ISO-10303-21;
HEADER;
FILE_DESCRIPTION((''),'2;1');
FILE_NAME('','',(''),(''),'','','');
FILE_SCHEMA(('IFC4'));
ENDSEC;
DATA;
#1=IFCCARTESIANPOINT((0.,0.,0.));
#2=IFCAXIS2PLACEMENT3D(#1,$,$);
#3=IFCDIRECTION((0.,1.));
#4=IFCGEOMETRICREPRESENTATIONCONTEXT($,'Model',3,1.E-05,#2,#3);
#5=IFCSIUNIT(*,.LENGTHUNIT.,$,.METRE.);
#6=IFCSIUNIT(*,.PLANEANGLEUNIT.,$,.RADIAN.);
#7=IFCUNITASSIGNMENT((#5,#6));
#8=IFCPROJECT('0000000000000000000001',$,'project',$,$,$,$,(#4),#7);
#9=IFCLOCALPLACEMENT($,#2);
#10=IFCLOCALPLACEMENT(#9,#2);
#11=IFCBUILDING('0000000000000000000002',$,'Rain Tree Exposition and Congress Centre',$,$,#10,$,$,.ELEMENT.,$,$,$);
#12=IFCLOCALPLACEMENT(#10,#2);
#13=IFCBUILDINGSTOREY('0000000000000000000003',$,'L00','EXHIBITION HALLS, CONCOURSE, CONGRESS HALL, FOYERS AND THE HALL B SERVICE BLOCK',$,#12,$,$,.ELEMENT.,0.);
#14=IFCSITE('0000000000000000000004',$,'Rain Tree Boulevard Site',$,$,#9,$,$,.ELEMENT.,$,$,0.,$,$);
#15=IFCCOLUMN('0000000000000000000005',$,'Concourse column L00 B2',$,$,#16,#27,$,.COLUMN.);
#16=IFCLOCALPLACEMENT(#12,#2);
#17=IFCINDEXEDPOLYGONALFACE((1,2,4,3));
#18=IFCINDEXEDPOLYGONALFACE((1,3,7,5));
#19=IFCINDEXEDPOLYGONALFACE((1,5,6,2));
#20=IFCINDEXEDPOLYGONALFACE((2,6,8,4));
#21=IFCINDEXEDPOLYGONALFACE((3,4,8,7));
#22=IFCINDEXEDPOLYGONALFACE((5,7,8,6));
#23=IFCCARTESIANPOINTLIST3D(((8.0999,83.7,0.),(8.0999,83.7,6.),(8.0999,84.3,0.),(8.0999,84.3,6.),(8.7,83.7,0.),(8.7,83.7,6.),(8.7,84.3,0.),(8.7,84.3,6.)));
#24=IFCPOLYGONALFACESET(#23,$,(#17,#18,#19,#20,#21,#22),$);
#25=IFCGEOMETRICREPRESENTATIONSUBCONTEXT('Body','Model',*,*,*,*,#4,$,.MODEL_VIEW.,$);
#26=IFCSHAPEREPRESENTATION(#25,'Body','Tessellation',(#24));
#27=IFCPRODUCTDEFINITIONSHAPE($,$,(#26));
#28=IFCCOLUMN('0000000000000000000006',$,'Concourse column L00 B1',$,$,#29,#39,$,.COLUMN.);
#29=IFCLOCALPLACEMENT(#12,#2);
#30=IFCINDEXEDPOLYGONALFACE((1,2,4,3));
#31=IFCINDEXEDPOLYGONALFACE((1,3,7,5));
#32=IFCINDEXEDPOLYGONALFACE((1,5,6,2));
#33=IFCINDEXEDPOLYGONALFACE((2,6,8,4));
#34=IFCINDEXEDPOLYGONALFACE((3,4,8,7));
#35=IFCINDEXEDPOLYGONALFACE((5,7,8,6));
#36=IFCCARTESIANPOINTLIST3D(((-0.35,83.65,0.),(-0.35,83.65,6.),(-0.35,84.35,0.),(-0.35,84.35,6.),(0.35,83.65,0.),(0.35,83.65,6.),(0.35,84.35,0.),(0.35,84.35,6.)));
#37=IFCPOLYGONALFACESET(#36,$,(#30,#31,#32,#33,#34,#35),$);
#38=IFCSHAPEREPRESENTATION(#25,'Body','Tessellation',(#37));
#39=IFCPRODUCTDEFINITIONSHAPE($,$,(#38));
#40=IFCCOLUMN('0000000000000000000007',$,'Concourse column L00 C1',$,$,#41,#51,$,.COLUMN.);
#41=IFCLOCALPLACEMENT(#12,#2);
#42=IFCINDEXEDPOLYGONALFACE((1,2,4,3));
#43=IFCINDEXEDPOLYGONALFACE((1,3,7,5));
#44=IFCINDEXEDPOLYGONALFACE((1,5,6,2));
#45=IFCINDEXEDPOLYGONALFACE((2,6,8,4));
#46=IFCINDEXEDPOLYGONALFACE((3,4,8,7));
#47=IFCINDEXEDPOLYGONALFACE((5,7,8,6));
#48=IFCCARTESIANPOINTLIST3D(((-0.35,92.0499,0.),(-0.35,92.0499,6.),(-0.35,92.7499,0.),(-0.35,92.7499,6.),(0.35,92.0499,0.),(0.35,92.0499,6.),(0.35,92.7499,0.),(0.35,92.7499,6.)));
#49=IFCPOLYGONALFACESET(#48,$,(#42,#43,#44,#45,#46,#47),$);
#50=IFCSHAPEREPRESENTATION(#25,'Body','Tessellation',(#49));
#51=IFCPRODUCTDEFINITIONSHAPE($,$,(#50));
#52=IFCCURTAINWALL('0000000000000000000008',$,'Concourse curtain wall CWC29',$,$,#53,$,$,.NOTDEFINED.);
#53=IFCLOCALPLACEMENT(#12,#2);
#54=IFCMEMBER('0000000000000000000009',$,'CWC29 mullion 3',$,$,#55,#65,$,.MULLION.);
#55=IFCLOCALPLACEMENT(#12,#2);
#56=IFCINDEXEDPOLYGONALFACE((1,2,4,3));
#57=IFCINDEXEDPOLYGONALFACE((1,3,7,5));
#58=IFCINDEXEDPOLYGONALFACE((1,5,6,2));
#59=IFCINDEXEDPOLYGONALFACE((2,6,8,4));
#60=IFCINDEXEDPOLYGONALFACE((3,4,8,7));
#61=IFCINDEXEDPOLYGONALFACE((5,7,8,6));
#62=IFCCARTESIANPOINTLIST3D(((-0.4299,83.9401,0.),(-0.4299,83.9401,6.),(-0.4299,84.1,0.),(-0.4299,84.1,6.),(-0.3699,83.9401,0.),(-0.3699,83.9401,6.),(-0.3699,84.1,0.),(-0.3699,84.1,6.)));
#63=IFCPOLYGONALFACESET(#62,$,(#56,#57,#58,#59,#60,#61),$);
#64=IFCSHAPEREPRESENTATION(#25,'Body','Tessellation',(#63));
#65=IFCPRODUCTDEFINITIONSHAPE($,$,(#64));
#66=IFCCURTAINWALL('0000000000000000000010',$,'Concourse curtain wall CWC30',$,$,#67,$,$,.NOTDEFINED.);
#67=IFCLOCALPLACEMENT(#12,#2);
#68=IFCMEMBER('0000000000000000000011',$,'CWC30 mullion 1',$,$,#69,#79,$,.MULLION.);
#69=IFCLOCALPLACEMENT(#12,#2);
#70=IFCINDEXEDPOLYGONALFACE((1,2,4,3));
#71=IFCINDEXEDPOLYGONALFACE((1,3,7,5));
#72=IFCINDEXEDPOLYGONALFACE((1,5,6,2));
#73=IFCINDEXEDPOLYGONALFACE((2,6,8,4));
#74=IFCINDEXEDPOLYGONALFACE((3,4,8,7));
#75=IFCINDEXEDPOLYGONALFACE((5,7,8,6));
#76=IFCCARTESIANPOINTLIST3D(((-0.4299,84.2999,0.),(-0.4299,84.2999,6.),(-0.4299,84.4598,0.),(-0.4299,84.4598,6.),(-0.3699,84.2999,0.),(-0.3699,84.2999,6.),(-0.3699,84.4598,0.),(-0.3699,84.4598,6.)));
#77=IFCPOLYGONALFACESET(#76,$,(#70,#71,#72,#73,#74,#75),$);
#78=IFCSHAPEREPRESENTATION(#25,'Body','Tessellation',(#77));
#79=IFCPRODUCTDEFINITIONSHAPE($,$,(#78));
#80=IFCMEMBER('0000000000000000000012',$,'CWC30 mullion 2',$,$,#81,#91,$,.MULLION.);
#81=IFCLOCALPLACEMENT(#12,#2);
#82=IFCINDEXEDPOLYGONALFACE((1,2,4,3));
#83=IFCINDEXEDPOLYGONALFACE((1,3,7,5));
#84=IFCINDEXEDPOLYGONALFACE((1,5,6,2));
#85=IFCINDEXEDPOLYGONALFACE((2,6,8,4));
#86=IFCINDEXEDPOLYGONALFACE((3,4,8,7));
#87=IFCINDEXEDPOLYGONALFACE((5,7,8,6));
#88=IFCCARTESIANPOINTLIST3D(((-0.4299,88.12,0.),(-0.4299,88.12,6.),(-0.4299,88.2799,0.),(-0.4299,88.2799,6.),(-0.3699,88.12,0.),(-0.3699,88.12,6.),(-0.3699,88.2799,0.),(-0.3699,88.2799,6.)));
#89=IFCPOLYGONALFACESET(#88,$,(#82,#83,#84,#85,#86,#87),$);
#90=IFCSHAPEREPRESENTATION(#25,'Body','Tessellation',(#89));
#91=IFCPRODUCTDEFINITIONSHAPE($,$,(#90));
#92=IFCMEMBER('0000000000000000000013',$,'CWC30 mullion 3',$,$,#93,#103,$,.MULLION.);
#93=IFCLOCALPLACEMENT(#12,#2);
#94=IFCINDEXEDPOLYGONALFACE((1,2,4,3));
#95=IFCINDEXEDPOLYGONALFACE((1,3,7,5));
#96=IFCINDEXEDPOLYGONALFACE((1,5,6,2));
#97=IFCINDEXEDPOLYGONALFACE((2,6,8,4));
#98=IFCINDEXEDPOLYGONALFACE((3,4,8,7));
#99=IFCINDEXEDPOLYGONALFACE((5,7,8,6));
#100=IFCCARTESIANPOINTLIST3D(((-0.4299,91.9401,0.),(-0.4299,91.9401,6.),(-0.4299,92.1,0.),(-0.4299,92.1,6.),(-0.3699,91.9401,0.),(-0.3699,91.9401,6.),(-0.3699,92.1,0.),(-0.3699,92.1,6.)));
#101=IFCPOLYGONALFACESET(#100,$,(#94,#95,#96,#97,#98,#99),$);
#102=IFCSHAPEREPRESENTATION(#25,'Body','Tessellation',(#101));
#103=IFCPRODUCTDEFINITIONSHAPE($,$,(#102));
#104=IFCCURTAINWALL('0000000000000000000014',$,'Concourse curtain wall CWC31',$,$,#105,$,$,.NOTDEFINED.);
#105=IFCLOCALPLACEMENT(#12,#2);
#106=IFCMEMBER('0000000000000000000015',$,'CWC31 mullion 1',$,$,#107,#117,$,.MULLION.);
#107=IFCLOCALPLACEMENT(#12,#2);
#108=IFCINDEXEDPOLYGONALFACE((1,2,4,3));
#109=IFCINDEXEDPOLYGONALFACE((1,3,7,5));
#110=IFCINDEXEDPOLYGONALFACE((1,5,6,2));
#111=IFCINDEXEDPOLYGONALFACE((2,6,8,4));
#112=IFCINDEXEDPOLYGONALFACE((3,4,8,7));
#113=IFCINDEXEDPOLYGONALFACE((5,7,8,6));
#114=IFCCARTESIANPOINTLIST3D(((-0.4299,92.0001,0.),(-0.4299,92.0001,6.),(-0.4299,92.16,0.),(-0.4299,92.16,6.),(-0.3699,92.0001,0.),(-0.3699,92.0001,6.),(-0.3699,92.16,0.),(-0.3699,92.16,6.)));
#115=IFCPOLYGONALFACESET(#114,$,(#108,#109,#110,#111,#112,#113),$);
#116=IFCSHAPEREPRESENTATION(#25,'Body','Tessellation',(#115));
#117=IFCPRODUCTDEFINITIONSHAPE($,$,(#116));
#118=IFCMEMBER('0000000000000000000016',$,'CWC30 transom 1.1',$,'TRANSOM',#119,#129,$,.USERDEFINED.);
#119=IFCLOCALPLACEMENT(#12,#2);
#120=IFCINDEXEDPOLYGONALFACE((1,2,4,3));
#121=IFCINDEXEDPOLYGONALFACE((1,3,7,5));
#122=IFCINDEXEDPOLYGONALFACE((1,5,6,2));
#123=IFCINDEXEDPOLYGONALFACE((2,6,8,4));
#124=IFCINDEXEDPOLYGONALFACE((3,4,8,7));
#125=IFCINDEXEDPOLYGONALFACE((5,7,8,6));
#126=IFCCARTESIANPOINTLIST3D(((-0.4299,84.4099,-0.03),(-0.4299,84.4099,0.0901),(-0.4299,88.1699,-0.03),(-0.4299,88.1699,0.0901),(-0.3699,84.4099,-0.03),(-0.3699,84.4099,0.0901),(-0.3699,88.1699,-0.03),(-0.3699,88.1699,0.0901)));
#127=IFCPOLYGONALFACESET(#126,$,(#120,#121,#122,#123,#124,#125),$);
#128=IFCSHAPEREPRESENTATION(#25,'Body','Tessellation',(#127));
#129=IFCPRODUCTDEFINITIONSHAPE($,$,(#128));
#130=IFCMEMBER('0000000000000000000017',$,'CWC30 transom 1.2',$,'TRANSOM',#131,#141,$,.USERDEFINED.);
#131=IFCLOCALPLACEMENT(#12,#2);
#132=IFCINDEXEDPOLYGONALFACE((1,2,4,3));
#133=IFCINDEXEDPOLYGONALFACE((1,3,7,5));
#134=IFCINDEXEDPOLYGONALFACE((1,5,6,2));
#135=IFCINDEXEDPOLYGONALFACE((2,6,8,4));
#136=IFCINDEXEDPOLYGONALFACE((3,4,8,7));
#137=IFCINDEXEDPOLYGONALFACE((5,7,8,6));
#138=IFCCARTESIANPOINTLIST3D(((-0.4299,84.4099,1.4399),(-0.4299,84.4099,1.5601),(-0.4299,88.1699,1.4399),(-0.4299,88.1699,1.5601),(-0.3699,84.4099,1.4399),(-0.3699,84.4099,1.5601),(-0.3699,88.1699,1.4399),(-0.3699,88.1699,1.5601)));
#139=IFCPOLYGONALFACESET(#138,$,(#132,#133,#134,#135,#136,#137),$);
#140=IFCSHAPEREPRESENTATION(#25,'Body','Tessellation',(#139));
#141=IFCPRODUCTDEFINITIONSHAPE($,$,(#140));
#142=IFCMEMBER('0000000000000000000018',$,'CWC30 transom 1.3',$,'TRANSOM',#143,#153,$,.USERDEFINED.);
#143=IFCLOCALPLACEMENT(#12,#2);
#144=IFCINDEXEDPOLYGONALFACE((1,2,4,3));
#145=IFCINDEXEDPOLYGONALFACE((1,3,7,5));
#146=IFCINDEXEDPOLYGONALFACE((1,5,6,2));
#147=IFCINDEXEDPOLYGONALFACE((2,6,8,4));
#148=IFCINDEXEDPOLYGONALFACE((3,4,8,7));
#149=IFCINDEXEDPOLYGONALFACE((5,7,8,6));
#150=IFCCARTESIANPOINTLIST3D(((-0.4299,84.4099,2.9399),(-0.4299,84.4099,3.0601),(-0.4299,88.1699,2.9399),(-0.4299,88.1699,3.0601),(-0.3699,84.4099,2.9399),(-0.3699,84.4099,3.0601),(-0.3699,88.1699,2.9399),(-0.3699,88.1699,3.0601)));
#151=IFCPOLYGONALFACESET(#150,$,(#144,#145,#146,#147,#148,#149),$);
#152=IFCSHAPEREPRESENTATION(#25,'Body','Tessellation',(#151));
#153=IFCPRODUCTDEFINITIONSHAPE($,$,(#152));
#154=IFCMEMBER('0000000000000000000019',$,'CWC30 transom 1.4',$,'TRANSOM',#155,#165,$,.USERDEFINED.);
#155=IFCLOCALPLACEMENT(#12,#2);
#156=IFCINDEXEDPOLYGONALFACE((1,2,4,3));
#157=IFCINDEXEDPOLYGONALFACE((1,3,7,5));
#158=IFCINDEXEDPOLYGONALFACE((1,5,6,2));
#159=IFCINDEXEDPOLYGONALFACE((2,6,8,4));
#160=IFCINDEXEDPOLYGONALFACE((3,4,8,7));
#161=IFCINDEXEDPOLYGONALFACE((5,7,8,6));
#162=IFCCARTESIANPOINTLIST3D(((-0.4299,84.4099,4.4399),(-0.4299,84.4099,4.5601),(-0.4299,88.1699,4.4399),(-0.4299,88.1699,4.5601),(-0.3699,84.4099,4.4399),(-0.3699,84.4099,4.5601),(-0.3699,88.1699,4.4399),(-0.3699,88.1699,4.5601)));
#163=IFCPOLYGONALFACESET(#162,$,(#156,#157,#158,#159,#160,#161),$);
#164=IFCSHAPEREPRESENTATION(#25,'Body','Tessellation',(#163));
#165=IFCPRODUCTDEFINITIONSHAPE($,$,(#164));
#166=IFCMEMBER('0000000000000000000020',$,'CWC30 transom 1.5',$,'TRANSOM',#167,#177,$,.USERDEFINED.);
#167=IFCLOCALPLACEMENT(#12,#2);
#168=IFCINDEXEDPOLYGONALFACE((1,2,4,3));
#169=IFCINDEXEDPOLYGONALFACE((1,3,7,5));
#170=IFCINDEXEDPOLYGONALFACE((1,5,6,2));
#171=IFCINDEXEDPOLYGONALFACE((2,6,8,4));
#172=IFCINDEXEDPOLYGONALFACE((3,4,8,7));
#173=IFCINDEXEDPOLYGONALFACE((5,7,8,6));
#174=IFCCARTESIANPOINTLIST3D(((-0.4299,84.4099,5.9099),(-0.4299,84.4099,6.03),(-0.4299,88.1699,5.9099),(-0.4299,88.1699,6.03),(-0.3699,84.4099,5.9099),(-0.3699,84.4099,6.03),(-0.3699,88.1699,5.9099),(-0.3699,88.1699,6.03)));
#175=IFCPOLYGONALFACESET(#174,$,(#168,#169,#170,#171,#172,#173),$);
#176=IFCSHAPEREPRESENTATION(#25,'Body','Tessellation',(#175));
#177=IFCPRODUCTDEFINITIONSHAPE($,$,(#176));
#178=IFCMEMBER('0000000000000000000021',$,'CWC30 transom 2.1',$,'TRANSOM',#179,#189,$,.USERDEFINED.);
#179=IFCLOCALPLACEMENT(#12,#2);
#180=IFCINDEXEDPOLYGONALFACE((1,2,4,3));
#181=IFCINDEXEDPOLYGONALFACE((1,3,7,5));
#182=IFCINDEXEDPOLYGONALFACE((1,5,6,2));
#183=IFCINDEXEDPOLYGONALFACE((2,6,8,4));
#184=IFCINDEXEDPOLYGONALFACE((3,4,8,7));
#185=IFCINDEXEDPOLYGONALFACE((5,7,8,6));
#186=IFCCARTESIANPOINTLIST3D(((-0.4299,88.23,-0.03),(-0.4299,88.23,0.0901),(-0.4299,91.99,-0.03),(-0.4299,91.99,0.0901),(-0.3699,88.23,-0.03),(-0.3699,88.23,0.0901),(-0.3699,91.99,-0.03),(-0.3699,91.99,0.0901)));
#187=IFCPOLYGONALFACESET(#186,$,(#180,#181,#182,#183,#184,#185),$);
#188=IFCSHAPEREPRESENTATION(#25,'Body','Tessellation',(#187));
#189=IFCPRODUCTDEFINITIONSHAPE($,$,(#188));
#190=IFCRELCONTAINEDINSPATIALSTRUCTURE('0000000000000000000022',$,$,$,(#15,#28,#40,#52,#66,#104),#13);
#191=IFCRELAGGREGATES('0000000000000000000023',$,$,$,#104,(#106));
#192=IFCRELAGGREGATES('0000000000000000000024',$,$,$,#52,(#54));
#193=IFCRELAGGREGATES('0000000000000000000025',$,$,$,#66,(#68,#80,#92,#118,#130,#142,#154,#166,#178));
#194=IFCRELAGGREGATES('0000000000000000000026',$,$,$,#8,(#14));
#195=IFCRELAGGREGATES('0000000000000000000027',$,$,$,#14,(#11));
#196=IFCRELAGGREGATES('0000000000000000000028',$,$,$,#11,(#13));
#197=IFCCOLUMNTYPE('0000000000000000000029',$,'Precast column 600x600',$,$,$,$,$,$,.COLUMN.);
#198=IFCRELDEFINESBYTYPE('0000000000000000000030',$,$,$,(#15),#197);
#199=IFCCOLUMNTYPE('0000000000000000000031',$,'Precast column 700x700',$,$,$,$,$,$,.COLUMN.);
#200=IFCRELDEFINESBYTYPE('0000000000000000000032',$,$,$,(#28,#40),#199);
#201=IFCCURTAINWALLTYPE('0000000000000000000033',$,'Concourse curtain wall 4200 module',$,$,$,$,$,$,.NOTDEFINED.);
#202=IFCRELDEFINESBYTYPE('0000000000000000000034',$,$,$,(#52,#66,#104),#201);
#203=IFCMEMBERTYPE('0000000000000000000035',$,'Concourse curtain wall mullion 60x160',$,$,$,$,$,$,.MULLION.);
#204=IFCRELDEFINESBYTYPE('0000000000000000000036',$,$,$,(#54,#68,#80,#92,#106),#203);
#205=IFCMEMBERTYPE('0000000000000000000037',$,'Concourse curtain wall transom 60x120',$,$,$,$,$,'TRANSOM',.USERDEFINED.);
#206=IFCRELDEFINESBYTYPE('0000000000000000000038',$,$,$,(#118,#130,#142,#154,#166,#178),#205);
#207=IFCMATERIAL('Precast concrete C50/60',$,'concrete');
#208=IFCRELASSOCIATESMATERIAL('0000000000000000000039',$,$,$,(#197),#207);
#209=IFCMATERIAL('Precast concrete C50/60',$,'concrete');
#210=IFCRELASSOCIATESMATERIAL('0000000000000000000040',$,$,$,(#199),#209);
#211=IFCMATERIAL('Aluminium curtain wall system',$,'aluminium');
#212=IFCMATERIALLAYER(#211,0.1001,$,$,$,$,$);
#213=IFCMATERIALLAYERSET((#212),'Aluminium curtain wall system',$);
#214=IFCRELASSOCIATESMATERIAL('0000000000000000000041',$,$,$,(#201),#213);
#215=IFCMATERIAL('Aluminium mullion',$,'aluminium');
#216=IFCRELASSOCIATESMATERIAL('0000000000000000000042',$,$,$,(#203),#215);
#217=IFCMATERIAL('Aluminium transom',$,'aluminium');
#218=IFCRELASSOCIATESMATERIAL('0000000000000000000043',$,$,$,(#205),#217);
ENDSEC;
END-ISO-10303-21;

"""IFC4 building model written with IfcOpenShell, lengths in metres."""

from ifc_helpers import new_model, si_unit, direction, frame, origin, origin_2d, place, context, subcontext, project, spatial, rectangle, extrude, material, layer, layer_set, material_profile, profile_set, type_object, element, aggregate, save


model = new_model("IFC4")

# Units and contexts
model_context = context("Model", 3, precision=1e-05, world=origin(), true_north=direction((0.0, 1.0)))
body_context = subcontext(model_context, "Body", "Model", "MODEL_VIEW")
ifc_project = project(units=[si_unit("LENGTHUNIT", "METRE"), si_unit("PLANEANGLEUNIT", "RADIAN")], contexts=[model_context])

# Site, building, storey
site_placement = place(None, origin())
site = spatial("IfcSite", under=ifc_project, at=site_placement, Name="Rain Tree Boulevard Site", CompositionType="ELEMENT", RefElevation=0.0)
building_placement = place(site_placement, origin())
building = spatial("IfcBuilding", under=site, at=building_placement, Name="Rain Tree Exposition and Congress Centre", CompositionType="ELEMENT")
storey_placement = place(building_placement, origin())
storey = spatial("IfcBuildingStorey", under=building, at=storey_placement, Name="L00", Description="EXHIBITION HALLS, CONCOURSE, CONGRESS HALL, FOYERS AND THE HALL B SERVICE BLOCK", CompositionType="ELEMENT", Elevation=0.0)

# Columns
ifc_material_1 = material(Name="Precast concrete C50/60", Category="concrete")
ifc_material_profile_1 = material_profile(ifc_material_1, rectangle(XDim=0.6001, YDim=0.6001, at=origin_2d()), Name="RC 600x600")
ifc_profile_set_1 = profile_set([ifc_material_profile_1], Name="Precast concrete C50/60")
column_type_1 = type_object("IfcColumnType", Name="Precast column 600x600", PredefinedType="COLUMN", material=ifc_profile_set_1)
column_placement = place(storey_placement, frame((8.3999, 84.0, 0.0), z_axis=(0.0, 0.0, 1.0), x_axis=(1.0, 0.0, 0.0)))
element("IfcColumn", 1, at=column_placement, inside=storey, type_object=column_type_1, Name="Concourse column L00 B2", PredefinedType="COLUMN", context=body_context, shape_type="SweptSolid", body=[
    extrude(rectangle(XDim=0.6001, YDim=0.6001, at=origin_2d()), origin(), (0.0, 0.0, 1.0), 6.0),
])
ifc_material_2 = material(Name="Precast concrete C50/60", Category="concrete")
ifc_material_profile_2 = material_profile(ifc_material_2, rectangle(XDim=0.7, YDim=0.7, at=origin_2d()), Name="RC 700x700")
ifc_profile_set_2 = profile_set([ifc_material_profile_2], Name="Precast concrete C50/60")
column_type_2 = type_object("IfcColumnType", Name="Precast column 700x700", PredefinedType="COLUMN", material=ifc_profile_set_2)
for number, where, z_axis, x_axis, name in (
    (2, (0.0, 84.0, 0.0), (0.0, 0.0, 1.0), (1.0, 0.0, 0.0), "Concourse column L00 B1"),
    (3, (0.0, 92.3999, 0.0), (0.0, 0.0, 1.0), (1.0, 0.0, 0.0), "Concourse column L00 C1"),
):
    element("IfcColumn", number, at=place(storey_placement, frame(where, z_axis=z_axis, x_axis=x_axis)), inside=storey, type_object=column_type_2, Name=name, PredefinedType="COLUMN", context=body_context, shape_type="SweptSolid", body=[
        extrude(rectangle(XDim=0.7, YDim=0.7, at=origin_2d()), origin(), (0.0, 0.0, 1.0), 6.0),
    ])

# Curtain wall, member
ifc_material_3 = material(Name="Aluminium curtain wall system", Category="aluminium")
ifc_layer_1 = layer(ifc_material_3, 0.1001)
ifc_layer_set_1 = layer_set([ifc_layer_1], Name="Aluminium curtain wall system")
curtain_wall_type = type_object("IfcCurtainWallType", Name="Concourse curtain wall 4200 module", PredefinedType="NOTDEFINED", material=ifc_layer_set_1)
curtain_wall_1_placement = place(storey_placement, origin())
curtain_wall_1 = element("IfcCurtainWall", 4, at=curtain_wall_1_placement, inside=storey, type_object=curtain_wall_type, Name="Concourse curtain wall CWC29", PredefinedType="NOTDEFINED")
ifc_material_4 = material(Name="Aluminium mullion", Category="aluminium")
ifc_material_profile_3 = material_profile(ifc_material_4, rectangle(XDim=0.0601, YDim=0.1599, at=origin_2d()), Name="AL 60x160")
ifc_profile_set_3 = profile_set([ifc_material_profile_3], Name="Aluminium mullion")
member_type_1 = type_object("IfcMemberType", Name="Concourse curtain wall mullion 60x160", PredefinedType="MULLION", material=ifc_profile_set_3)
member_1_placement = place(storey_placement, frame((-0.3999, 84.02, 0.0), z_axis=(0.0, 0.0, 1.0), x_axis=(-1.0, 0.0, 0.0)))
member_1 = element("IfcMember", 5, at=member_1_placement, type_object=member_type_1, Name="CWC29 mullion 3", PredefinedType="MULLION", context=body_context, shape_type="SweptSolid", body=[
    extrude(rectangle(XDim=0.0601, YDim=0.1599, at=origin_2d()), origin(), (0.0, 0.0, 1.0), 6.0),
])

# Curtain wall, members
curtain_wall_2_placement = place(storey_placement, origin())
curtain_wall_2 = element("IfcCurtainWall", 6, at=curtain_wall_2_placement, inside=storey, type_object=curtain_wall_type, Name="Concourse curtain wall CWC30", PredefinedType="NOTDEFINED")
member_2_placement = place(storey_placement, frame((-0.3999, 84.3799, 0.0), z_axis=(0.0, 0.0, 1.0), x_axis=(-1.0, 0.0, 0.0)))
member_2 = element("IfcMember", 7, at=member_2_placement, type_object=member_type_1, Name="CWC30 mullion 1", PredefinedType="MULLION", context=body_context, shape_type="SweptSolid", body=[
    extrude(rectangle(XDim=0.0601, YDim=0.1599, at=origin_2d()), origin(), (0.0, 0.0, 1.0), 6.0),
])
member_3_placement = place(storey_placement, frame((-0.3999, 88.2, 0.0), z_axis=(0.0, 0.0, 1.0), x_axis=(-1.0, 0.0, 0.0)))
member_3 = element("IfcMember", 8, at=member_3_placement, type_object=member_type_1, Name="CWC30 mullion 2", PredefinedType="MULLION", context=body_context, shape_type="SweptSolid", body=[
    extrude(rectangle(XDim=0.0601, YDim=0.1599, at=origin_2d()), origin(), (0.0, 0.0, 1.0), 6.0),
])
member_4_placement = place(storey_placement, frame((-0.3999, 92.02, 0.0), z_axis=(0.0, 0.0, 1.0), x_axis=(-1.0, 0.0, 0.0)))
member_4 = element("IfcMember", 9, at=member_4_placement, type_object=member_type_1, Name="CWC30 mullion 3", PredefinedType="MULLION", context=body_context, shape_type="SweptSolid", body=[
    extrude(rectangle(XDim=0.0601, YDim=0.1599, at=origin_2d()), origin(), (0.0, 0.0, 1.0), 6.0),
])

# Curtain wall, member
curtain_wall_3_placement = place(storey_placement, origin())
curtain_wall_3 = element("IfcCurtainWall", 10, at=curtain_wall_3_placement, inside=storey, type_object=curtain_wall_type, Name="Concourse curtain wall CWC31", PredefinedType="NOTDEFINED")
member_5_placement = place(storey_placement, frame((-0.3999, 92.0801, 0.0), z_axis=(0.0, 0.0, 1.0), x_axis=(-1.0, 0.0, 0.0)))
member_5 = element("IfcMember", 11, at=member_5_placement, type_object=member_type_1, Name="CWC31 mullion 1", PredefinedType="MULLION", context=body_context, shape_type="SweptSolid", body=[
    extrude(rectangle(XDim=0.0601, YDim=0.1599, at=origin_2d()), origin(), (0.0, 0.0, 1.0), 6.0),
])

# Members
ifc_material_5 = material(Name="Aluminium transom", Category="aluminium")
ifc_material_profile_4 = material_profile(ifc_material_5, rectangle(XDim=0.0601, YDim=0.1201, at=origin_2d()), Name="AL 60x120")
ifc_profile_set_4 = profile_set([ifc_material_profile_4], Name="Aluminium transom")
member_type_2 = type_object("IfcMemberType", Name="Concourse curtain wall transom 60x120", ElementType="TRANSOM", PredefinedType="USERDEFINED", material=ifc_profile_set_4)
member_6_placement = place(storey_placement, frame((-0.3999, 84.4099, 0.03), z_axis=(0.0, 1.0, 0.0), x_axis=(-1.0, 0.0, 0.0)))
member_6 = element("IfcMember", 12, at=member_6_placement, type_object=member_type_2, Name="CWC30 transom 1.1", ObjectType="TRANSOM", PredefinedType="USERDEFINED", context=body_context, shape_type="SweptSolid", body=[
    extrude(rectangle(XDim=0.0601, YDim=0.1201, at=origin_2d()), origin(), (0.0, 0.0, 1.0), 3.76),
])
member_7_placement = place(storey_placement, frame((-0.3999, 84.4099, 1.5), z_axis=(0.0, 1.0, 0.0), x_axis=(-1.0, 0.0, 0.0)))
member_7 = element("IfcMember", 13, at=member_7_placement, type_object=member_type_2, Name="CWC30 transom 1.2", ObjectType="TRANSOM", PredefinedType="USERDEFINED", context=body_context, shape_type="SweptSolid", body=[
    extrude(rectangle(XDim=0.0601, YDim=0.1201, at=origin_2d()), origin(), (0.0, 0.0, 1.0), 3.76),
])
member_8_placement = place(storey_placement, frame((-0.3999, 84.4099, 3.0), z_axis=(0.0, 1.0, 0.0), x_axis=(-1.0, 0.0, 0.0)))
member_8 = element("IfcMember", 14, at=member_8_placement, type_object=member_type_2, Name="CWC30 transom 1.3", ObjectType="TRANSOM", PredefinedType="USERDEFINED", context=body_context, shape_type="SweptSolid", body=[
    extrude(rectangle(XDim=0.0601, YDim=0.1201, at=origin_2d()), origin(), (0.0, 0.0, 1.0), 3.76),
])
member_9_placement = place(storey_placement, frame((-0.3999, 84.4099, 4.5), z_axis=(0.0, 1.0, 0.0), x_axis=(-1.0, 0.0, 0.0)))
member_9 = element("IfcMember", 15, at=member_9_placement, type_object=member_type_2, Name="CWC30 transom 1.4", ObjectType="TRANSOM", PredefinedType="USERDEFINED", context=body_context, shape_type="SweptSolid", body=[
    extrude(rectangle(XDim=0.0601, YDim=0.1201, at=origin_2d()), origin(), (0.0, 0.0, 1.0), 3.76),
])
member_10_placement = place(storey_placement, frame((-0.3999, 84.4099, 5.97), z_axis=(0.0, 1.0, 0.0), x_axis=(-1.0, 0.0, 0.0)))
member_10 = element("IfcMember", 16, at=member_10_placement, type_object=member_type_2, Name="CWC30 transom 1.5", ObjectType="TRANSOM", PredefinedType="USERDEFINED", context=body_context, shape_type="SweptSolid", body=[
    extrude(rectangle(XDim=0.0601, YDim=0.1201, at=origin_2d()), origin(), (0.0, 0.0, 1.0), 3.76),
])
member_11_placement = place(storey_placement, frame((-0.3999, 88.23, 0.03), z_axis=(0.0, 1.0, 0.0), x_axis=(-1.0, 0.0, 0.0)))
member_11 = element("IfcMember", 17, at=member_11_placement, type_object=member_type_2, Name="CWC30 transom 2.1", ObjectType="TRANSOM", PredefinedType="USERDEFINED", context=body_context, shape_type="SweptSolid", body=[
    extrude(rectangle(XDim=0.0601, YDim=0.1201, at=origin_2d()), origin(), (0.0, 0.0, 1.0), 3.76),
])
aggregate(curtain_wall_3, [member_5])

aggregate(curtain_wall_1, [member_1])
aggregate(curtain_wall_2, [member_2, member_3, member_4, member_6, member_7, member_8, member_9, member_10, member_11])

save(model, "model.ifc")
